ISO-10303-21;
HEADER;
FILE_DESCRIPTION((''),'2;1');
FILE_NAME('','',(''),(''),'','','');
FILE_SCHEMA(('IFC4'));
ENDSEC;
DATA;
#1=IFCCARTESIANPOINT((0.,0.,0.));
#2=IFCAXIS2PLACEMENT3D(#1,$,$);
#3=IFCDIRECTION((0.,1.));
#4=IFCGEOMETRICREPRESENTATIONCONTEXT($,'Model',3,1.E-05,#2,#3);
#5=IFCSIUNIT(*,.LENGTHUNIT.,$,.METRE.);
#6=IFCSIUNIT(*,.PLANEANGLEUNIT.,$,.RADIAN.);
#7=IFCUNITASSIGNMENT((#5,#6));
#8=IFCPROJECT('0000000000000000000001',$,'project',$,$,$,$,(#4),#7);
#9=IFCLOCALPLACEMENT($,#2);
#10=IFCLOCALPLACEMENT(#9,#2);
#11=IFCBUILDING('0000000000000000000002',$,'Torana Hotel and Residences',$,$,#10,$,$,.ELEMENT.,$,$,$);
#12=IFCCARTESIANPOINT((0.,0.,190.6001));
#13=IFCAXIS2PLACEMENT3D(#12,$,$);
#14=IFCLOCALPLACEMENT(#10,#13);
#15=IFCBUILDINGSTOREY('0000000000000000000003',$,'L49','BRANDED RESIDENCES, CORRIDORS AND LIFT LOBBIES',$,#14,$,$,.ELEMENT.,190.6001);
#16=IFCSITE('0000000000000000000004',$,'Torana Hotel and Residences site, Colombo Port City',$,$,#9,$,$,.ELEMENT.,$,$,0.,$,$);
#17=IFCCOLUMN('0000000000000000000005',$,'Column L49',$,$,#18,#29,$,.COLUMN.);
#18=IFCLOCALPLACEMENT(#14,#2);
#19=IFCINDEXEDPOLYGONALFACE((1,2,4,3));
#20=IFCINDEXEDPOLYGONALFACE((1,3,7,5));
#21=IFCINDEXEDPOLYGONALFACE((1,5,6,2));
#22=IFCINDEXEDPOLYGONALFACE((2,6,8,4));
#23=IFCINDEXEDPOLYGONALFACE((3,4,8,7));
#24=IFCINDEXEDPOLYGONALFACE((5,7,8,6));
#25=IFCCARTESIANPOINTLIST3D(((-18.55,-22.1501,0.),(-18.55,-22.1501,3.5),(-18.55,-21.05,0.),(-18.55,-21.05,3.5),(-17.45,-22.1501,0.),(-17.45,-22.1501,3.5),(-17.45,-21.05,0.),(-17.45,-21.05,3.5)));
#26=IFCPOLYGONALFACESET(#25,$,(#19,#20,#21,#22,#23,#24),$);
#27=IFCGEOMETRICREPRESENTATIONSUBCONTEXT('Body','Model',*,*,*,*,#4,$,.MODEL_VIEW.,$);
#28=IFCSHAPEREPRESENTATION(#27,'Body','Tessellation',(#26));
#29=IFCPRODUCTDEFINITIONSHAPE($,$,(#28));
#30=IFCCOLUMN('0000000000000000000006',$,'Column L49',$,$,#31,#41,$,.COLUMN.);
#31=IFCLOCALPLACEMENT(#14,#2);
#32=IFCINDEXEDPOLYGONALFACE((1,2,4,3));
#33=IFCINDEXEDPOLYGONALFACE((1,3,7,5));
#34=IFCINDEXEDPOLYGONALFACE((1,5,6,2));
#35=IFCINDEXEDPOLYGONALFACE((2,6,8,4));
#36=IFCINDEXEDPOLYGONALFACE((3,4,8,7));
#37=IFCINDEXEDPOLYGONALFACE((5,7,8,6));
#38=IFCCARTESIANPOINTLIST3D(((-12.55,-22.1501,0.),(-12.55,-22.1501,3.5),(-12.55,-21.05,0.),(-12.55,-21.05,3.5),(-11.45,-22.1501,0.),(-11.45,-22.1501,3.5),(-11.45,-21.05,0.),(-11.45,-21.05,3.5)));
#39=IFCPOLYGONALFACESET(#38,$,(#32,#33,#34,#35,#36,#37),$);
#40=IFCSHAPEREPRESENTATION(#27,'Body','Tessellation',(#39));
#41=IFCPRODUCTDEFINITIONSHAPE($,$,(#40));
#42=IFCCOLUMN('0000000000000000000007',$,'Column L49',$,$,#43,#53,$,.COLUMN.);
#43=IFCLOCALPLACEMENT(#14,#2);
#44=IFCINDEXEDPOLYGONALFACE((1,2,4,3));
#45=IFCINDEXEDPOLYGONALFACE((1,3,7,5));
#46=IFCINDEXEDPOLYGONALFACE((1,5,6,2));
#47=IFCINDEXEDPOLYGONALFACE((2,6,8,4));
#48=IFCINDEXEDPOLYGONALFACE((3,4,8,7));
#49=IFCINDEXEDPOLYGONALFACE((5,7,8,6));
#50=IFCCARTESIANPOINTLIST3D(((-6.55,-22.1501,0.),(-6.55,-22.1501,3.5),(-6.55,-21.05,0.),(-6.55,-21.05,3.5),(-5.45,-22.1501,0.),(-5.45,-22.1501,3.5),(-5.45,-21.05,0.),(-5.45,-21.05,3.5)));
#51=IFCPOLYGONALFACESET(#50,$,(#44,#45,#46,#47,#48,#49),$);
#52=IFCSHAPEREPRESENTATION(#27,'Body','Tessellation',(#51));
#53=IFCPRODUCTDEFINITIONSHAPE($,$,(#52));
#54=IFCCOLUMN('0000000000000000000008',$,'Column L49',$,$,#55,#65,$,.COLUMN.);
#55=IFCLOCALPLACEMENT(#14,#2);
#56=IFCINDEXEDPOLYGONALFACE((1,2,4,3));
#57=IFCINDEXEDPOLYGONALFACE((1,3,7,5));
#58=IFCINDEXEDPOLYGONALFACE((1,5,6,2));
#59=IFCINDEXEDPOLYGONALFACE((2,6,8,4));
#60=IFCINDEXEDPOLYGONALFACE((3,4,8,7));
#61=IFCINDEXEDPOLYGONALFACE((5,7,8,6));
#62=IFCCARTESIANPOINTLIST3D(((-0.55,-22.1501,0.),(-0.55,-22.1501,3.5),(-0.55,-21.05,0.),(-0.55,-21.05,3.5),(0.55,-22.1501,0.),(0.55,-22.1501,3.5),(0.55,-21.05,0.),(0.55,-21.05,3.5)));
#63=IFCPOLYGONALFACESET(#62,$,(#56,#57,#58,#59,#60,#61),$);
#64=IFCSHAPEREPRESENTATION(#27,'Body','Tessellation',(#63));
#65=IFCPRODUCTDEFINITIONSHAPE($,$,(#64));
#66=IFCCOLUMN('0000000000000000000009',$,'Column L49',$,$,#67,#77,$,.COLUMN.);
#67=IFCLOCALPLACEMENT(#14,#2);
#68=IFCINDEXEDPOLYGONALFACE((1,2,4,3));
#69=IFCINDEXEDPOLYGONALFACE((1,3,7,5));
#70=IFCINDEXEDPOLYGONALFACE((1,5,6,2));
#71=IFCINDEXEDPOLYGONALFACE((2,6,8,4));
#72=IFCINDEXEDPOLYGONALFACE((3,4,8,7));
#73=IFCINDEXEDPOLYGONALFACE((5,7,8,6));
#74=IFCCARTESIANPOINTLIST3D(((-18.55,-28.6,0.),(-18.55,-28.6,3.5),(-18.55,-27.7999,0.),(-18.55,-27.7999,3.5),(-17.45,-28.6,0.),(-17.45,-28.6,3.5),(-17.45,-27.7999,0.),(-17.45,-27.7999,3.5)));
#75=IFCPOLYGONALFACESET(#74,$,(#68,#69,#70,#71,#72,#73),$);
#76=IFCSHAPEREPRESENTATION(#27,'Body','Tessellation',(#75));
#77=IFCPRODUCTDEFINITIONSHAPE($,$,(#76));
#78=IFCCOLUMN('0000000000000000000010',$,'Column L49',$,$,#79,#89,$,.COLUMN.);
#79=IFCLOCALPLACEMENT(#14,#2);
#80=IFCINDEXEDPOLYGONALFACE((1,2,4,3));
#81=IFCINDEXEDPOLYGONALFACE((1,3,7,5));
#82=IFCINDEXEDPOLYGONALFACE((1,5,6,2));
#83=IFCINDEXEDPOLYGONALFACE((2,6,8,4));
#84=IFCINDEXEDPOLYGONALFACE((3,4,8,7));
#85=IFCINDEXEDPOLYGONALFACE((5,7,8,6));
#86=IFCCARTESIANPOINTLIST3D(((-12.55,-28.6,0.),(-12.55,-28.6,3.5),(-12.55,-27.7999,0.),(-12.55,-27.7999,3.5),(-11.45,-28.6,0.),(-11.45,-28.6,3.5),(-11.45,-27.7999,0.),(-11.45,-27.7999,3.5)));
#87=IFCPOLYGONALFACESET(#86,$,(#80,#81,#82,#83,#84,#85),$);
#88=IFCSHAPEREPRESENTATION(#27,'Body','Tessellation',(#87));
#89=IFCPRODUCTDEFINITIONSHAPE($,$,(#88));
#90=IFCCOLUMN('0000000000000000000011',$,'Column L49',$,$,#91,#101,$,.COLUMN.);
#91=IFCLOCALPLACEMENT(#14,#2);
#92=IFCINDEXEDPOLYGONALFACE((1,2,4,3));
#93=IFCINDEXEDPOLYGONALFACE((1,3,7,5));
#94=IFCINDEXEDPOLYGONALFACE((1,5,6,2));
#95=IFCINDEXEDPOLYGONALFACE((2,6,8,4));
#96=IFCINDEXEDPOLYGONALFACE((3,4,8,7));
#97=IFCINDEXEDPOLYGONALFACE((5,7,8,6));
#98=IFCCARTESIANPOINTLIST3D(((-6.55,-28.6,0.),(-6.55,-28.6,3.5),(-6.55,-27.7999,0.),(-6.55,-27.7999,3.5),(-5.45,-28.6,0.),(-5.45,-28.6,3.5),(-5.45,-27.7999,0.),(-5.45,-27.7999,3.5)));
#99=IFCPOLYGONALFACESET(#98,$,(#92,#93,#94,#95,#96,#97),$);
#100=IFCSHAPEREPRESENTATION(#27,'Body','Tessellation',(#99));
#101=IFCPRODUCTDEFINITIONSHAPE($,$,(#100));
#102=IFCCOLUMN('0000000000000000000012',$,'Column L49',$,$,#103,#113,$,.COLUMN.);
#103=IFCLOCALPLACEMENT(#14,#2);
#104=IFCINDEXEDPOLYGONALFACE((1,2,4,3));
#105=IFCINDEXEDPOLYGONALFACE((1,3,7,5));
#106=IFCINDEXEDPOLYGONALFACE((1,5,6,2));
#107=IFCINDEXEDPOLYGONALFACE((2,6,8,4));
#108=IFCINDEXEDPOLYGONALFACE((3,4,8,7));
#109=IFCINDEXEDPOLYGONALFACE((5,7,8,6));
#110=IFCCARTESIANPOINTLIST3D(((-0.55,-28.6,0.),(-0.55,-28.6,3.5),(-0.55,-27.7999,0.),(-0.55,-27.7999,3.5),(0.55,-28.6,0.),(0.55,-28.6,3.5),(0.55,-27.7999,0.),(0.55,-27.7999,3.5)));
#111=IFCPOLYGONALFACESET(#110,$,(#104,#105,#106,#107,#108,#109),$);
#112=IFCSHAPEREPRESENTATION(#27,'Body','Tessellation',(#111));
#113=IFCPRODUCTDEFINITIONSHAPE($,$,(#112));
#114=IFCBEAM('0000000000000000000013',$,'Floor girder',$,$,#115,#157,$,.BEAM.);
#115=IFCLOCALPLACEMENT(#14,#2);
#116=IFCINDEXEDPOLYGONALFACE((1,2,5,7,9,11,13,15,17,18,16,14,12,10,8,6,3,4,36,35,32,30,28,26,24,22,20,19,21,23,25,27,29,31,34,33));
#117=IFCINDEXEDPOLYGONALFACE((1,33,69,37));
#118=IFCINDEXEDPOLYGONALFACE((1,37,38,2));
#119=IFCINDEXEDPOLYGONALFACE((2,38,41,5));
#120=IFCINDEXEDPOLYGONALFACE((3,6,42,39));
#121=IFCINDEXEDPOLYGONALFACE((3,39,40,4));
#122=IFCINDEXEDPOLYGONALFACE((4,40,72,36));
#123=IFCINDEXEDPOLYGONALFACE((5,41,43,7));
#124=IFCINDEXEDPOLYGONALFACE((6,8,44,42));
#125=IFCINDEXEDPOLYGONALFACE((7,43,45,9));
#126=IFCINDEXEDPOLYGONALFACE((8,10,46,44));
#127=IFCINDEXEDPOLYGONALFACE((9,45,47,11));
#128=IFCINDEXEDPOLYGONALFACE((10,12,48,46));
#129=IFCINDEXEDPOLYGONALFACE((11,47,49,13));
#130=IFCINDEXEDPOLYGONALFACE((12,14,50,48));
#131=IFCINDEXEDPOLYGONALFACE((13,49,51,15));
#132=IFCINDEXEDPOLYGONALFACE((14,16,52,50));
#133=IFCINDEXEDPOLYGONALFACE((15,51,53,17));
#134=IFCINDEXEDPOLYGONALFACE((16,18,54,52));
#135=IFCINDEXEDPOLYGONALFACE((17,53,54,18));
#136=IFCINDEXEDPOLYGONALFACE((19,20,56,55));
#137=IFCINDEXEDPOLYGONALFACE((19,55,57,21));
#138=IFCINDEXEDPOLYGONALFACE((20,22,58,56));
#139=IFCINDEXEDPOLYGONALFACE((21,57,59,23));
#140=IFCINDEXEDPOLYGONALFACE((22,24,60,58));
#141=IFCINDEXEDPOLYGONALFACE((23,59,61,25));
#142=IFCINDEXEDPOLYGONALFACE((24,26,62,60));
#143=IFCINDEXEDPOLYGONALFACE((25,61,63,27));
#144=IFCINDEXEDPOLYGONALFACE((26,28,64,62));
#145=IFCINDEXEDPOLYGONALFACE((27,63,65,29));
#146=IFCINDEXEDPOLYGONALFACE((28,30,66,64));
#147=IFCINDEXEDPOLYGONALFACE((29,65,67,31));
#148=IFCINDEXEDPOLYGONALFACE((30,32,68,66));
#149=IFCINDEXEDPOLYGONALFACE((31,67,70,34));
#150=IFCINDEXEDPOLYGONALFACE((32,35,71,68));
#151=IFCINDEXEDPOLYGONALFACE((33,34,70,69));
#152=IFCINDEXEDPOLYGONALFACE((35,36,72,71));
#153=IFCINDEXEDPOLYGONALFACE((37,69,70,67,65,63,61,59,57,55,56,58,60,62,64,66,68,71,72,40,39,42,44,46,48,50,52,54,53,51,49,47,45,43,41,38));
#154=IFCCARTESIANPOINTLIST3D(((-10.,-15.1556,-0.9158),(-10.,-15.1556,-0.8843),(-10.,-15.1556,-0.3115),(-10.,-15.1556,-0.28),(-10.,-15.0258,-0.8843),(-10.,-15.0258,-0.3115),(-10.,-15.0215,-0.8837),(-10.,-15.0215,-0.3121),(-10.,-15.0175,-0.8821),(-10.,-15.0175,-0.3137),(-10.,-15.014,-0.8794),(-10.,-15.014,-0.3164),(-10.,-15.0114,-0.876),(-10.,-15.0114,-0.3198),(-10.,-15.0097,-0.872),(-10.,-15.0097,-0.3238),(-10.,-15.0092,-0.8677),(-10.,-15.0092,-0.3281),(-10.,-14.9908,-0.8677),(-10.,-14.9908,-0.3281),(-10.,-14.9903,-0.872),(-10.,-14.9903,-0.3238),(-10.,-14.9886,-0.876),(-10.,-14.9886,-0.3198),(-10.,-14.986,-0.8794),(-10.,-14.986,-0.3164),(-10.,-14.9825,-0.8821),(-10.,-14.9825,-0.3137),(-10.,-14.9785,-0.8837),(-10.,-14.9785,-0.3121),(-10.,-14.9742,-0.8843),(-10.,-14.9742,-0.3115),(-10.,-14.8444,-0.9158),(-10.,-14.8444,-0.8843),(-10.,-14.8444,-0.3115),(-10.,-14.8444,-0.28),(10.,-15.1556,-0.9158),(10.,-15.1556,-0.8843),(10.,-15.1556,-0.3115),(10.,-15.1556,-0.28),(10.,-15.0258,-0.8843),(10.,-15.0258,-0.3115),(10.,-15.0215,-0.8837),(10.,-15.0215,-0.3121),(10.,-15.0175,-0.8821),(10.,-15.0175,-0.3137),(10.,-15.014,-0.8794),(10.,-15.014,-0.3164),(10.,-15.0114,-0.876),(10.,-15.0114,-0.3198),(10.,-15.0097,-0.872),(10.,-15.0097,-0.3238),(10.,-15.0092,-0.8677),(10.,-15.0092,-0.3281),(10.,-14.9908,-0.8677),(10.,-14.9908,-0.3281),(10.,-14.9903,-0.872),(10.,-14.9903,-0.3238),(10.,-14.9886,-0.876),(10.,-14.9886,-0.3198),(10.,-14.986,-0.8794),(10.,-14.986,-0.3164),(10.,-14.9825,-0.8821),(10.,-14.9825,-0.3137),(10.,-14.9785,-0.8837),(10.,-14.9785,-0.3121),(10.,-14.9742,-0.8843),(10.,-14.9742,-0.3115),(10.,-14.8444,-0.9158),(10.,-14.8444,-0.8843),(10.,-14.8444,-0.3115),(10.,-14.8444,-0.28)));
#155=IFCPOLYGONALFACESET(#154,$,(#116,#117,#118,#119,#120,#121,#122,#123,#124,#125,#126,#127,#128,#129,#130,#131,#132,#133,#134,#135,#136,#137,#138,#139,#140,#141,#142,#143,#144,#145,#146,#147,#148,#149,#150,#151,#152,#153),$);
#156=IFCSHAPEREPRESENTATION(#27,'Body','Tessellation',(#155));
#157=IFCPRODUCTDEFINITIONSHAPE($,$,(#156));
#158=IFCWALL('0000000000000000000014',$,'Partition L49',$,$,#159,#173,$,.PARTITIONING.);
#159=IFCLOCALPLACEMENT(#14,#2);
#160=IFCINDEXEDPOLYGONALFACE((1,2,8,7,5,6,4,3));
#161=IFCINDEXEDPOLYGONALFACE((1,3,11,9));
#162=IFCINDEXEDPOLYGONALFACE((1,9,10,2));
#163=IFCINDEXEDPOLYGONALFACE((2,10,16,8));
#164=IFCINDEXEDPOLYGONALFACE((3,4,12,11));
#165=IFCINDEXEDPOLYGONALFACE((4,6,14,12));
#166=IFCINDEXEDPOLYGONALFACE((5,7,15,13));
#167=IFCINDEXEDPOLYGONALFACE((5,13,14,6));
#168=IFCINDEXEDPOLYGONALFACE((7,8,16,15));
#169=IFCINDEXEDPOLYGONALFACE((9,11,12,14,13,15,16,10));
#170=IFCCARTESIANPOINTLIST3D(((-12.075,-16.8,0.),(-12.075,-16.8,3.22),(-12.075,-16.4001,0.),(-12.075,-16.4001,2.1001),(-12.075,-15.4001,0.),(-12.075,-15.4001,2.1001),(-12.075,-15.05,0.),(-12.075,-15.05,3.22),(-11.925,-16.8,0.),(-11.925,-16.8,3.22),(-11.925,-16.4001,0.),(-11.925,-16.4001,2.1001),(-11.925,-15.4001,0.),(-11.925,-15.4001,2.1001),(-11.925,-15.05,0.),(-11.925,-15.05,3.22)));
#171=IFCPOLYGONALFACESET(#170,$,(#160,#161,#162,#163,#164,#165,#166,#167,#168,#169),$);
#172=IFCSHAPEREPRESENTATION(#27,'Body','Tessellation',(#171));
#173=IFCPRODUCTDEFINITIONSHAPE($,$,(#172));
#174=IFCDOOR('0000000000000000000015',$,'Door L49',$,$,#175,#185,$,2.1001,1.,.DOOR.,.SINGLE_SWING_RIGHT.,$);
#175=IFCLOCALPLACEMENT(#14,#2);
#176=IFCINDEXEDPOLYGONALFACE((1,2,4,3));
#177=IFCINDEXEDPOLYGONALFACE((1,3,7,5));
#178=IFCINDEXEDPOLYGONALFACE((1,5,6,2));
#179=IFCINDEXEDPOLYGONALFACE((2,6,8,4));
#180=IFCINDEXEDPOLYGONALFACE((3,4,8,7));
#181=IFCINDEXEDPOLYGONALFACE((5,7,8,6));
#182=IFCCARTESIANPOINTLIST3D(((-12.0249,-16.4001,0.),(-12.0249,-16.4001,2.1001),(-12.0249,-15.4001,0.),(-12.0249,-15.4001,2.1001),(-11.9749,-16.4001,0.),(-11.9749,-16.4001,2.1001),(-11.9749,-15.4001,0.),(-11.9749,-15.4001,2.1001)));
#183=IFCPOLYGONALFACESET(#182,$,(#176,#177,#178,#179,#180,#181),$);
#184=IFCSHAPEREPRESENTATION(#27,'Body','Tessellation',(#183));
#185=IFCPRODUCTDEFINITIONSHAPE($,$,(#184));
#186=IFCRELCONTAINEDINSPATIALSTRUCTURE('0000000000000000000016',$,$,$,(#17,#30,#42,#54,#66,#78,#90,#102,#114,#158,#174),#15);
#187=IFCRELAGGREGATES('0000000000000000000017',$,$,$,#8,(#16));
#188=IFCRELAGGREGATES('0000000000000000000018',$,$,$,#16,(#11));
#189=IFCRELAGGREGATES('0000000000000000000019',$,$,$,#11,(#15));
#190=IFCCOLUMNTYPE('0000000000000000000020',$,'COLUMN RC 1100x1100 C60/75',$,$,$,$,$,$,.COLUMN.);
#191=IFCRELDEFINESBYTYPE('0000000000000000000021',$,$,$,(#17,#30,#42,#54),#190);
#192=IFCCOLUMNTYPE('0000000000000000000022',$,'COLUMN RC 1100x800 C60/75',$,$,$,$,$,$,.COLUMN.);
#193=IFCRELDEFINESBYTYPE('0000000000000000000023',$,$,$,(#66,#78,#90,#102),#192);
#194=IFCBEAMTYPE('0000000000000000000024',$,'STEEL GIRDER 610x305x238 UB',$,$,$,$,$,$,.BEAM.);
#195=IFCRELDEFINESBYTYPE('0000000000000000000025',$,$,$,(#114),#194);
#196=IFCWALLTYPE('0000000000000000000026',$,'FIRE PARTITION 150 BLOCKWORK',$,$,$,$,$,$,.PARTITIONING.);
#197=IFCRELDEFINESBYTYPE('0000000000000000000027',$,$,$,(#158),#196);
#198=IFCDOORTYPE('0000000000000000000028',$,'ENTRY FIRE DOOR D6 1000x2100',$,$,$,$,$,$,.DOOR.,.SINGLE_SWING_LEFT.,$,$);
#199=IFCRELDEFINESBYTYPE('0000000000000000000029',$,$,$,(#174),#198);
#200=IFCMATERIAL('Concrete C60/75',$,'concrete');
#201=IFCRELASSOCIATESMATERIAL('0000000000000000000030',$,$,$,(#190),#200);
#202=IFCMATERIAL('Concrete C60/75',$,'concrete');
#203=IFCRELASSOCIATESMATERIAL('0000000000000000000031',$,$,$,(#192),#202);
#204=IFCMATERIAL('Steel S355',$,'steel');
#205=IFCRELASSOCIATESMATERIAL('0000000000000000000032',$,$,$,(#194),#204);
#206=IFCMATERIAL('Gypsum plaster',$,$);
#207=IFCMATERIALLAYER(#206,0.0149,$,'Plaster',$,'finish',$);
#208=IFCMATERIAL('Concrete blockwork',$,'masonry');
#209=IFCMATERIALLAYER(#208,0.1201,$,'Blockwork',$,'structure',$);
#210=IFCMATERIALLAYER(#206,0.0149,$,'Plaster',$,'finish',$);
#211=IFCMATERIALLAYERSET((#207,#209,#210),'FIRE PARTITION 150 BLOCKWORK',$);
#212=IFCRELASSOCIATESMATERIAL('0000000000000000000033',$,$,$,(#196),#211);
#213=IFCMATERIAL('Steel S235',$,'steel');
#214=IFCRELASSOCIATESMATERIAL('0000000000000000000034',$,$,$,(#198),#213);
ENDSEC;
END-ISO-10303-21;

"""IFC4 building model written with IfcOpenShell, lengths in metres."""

from ifc_helpers import new_model, si_unit, direction, frame, frame_2d, origin, origin_2d, place, context, subcontext, project, spatial, rectangle, i_section, extrude, material, layer, layer_set, material_profile, profile_set, type_object, element, fill, save


model = new_model("IFC4")

# Units and contexts
model_context = context("Model", 3, precision=1e-05, world=origin(), true_north=direction((0.0, 1.0)))
body_context = subcontext(model_context, "Body", "Model", "MODEL_VIEW")
ifc_project = project(units=[si_unit("LENGTHUNIT", "METRE"), si_unit("PLANEANGLEUNIT", "RADIAN")], contexts=[model_context])

# Site, building, storey
site_placement = place(None, origin())
site = spatial("IfcSite", under=ifc_project, at=site_placement, Name="Torana Hotel and Residences site, Colombo Port City", CompositionType="ELEMENT", RefElevation=0.0)
building_placement = place(site_placement, origin())
building = spatial("IfcBuilding", under=site, at=building_placement, Name="Torana Hotel and Residences", CompositionType="ELEMENT")
storey_placement = place(building_placement, frame((0.0, 0.0, 190.6001)))
storey = spatial("IfcBuildingStorey", under=building, at=storey_placement, Name="L49", Description="BRANDED RESIDENCES, CORRIDORS AND LIFT LOBBIES", CompositionType="ELEMENT", Elevation=190.6001)

# Columns
ifc_material_1 = material(Name="Concrete C60/75", Category="concrete")
ifc_material_profile_1 = material_profile(ifc_material_1, rectangle(XDim=1.1001, YDim=1.1001, at=origin_2d()), Name="RC 1100x1100")
ifc_profile_set_1 = profile_set([ifc_material_profile_1], Name="Concrete C60/75")
column_type_1 = type_object("IfcColumnType", Name="COLUMN RC 1100x1100 C60/75", PredefinedType="COLUMN", material=ifc_profile_set_1)
for number, where, z_axis, x_axis, name in (
    (1, (-18.0, -21.6001, 0.0), (0.0, 0.0, 1.0), (1.0, 0.0, 0.0), "Column L49"),
    (2, (-12.0, -21.6001, 0.0), (0.0, 0.0, 1.0), (1.0, 0.0, 0.0), "Column L49"),
    (3, (-6.0, -21.6001, 0.0), (0.0, 0.0, 1.0), (1.0, 0.0, 0.0), "Column L49"),
    (4, (0.0, -21.6001, 0.0), (0.0, 0.0, 1.0), (1.0, 0.0, 0.0), "Column L49"),
):
    element("IfcColumn", number, at=place(storey_placement, frame(where, z_axis=z_axis, x_axis=x_axis)), inside=storey, type_object=column_type_1, Name=name, PredefinedType="COLUMN", context=body_context, shape_type="SweptSolid", body=[
        extrude(rectangle(XDim=1.1001, YDim=1.1001, at=origin_2d()), origin(), (0.0, 0.0, 1.0), 3.5),
    ])
ifc_material_2 = material(Name="Concrete C60/75", Category="concrete")
ifc_material_profile_2 = material_profile(ifc_material_2, rectangle(XDim=1.1001, YDim=0.8, at=origin_2d()), Name="RC 1100x800")
ifc_profile_set_2 = profile_set([ifc_material_profile_2], Name="Concrete C60/75")
column_type_2 = type_object("IfcColumnType", Name="COLUMN RC 1100x800 C60/75", PredefinedType="COLUMN", material=ifc_profile_set_2)
for number, where, z_axis, x_axis, name in (
    (5, (-18.0, -28.2, 0.0), (0.0, 0.0, 1.0), (1.0, 0.0, 0.0), "Column L49"),
    (6, (-12.0, -28.2, 0.0), (0.0, 0.0, 1.0), (1.0, 0.0, 0.0), "Column L49"),
    (7, (-6.0, -28.2, 0.0), (0.0, 0.0, 1.0), (1.0, 0.0, 0.0), "Column L49"),
    (8, (0.0, -28.2, 0.0), (0.0, 0.0, 1.0), (1.0, 0.0, 0.0), "Column L49"),
):
    element("IfcColumn", number, at=place(storey_placement, frame(where, z_axis=z_axis, x_axis=x_axis)), inside=storey, type_object=column_type_2, Name=name, PredefinedType="COLUMN", context=body_context, shape_type="SweptSolid", body=[
        extrude(rectangle(XDim=1.1001, YDim=0.8, at=origin_2d()), origin(), (0.0, 0.0, 1.0), 3.5),
    ])

# Beam
ifc_material_3 = material(Name="Steel S355", Category="steel")
ifc_material_profile_3 = material_profile(ifc_material_3, i_section(OverallWidth=0.3113, OverallDepth=0.6357, WebThickness=0.0183, FlangeThickness=0.0315, FilletRadius=0.0166, at=origin_2d()), Name="610x305x238 UB")
ifc_profile_set_3 = profile_set([ifc_material_profile_3], Name="Steel S355")
beam_type = type_object("IfcBeamType", Name="STEEL GIRDER 610x305x238 UB", PredefinedType="BEAM", material=ifc_profile_set_3)
beam_placement = place(storey_placement, frame((-10.0, -15.0, -0.5979), z_axis=(1.0, 0.0, 0.0), x_axis=(0.0, 1.0, 0.0)))
element("IfcBeam", 9, at=beam_placement, inside=storey, type_object=beam_type, Name="Floor girder", PredefinedType="BEAM", context=body_context, shape_type="SweptSolid", body=[
    extrude(i_section(OverallWidth=0.3113, OverallDepth=0.6357, WebThickness=0.0183, FlangeThickness=0.0315, FilletRadius=0.0166, at=origin_2d()), origin(), (0.0, 0.0, 1.0), 20.0),
])

# Wall, opening, door
ifc_material_4 = material(Name="Gypsum plaster")
ifc_layer_1 = layer(ifc_material_4, 0.0149, Name="Plaster", Category="finish")
ifc_material_5 = material(Name="Concrete blockwork", Category="masonry")
ifc_layer_2 = layer(ifc_material_5, 0.1201, Name="Blockwork", Category="structure")
ifc_layer_3 = layer(ifc_material_4, 0.0149, Name="Plaster", Category="finish")
ifc_layer_set_1 = layer_set([ifc_layer_1, ifc_layer_2, ifc_layer_3], Name="FIRE PARTITION 150 BLOCKWORK")
wall_type_1 = type_object("IfcWallType", Name="FIRE PARTITION 150 BLOCKWORK", PredefinedType="PARTITIONING", material=ifc_layer_set_1)
wall_1_placement = place(storey_placement, frame((-12.0, -16.8, 0.0), z_axis=(0.0, 0.0, 1.0), x_axis=(0.0, 1.0, 0.0)))
wall_1 = element("IfcWall", 10, at=wall_1_placement, inside=storey, type_object=wall_type_1, Name="Partition L49", PredefinedType="PARTITIONING", context=body_context, shape_type="SweptSolid", body=[
    extrude(rectangle(XDim=1.75, YDim=0.1499, at=frame_2d((0.875, 0.0))), origin(), (0.0, 0.0, 1.0), 3.22),
])
opening_1_placement = place(wall_1_placement, frame((0.3999, 0.0, 0.0)))
opening_1 = element("IfcOpeningElement", 11, at=opening_1_placement, cuts=wall_1, PredefinedType="OPENING", context=body_context, shape_type="SweptSolid", body=[
    extrude(rectangle(XDim=1.0, YDim=2.1001, at=frame_2d((0.5, 1.05))), frame((0.0, 0.085, 0.0), z_axis=(0.0, -1.0, 0.0), x_axis=(1.0, 0.0, 0.0)), (0.0, 0.0, 1.0), 0.1699),
])
ifc_material_6 = material(Name="Steel S235", Category="steel")
door_type_1 = type_object("IfcDoorType", Name="ENTRY FIRE DOOR D6 1000x2100", OperationType="SINGLE_SWING_LEFT", PredefinedType="DOOR", material=ifc_material_6)
door_1_placement = place(opening_1_placement, origin())
door_1 = element("IfcDoor", 12, at=door_1_placement, inside=storey, type_object=door_type_1, Name="Door L49", OperationType="SINGLE_SWING_RIGHT", OverallHeight=2.1001, OverallWidth=1.0, PredefinedType="DOOR", context=body_context, shape_type="SweptSolid", body=[
    extrude(rectangle(XDim=1.0, YDim=2.1001, at=frame_2d((0.5, 1.05))), frame((0.0, 0.0249, 0.0), z_axis=(0.0, -1.0, 0.0), x_axis=(1.0, 0.0, 0.0)), (0.0, 0.0, 1.0), 0.05),
])
fill(opening_1, door_1)

save(model, "model.ifc")
